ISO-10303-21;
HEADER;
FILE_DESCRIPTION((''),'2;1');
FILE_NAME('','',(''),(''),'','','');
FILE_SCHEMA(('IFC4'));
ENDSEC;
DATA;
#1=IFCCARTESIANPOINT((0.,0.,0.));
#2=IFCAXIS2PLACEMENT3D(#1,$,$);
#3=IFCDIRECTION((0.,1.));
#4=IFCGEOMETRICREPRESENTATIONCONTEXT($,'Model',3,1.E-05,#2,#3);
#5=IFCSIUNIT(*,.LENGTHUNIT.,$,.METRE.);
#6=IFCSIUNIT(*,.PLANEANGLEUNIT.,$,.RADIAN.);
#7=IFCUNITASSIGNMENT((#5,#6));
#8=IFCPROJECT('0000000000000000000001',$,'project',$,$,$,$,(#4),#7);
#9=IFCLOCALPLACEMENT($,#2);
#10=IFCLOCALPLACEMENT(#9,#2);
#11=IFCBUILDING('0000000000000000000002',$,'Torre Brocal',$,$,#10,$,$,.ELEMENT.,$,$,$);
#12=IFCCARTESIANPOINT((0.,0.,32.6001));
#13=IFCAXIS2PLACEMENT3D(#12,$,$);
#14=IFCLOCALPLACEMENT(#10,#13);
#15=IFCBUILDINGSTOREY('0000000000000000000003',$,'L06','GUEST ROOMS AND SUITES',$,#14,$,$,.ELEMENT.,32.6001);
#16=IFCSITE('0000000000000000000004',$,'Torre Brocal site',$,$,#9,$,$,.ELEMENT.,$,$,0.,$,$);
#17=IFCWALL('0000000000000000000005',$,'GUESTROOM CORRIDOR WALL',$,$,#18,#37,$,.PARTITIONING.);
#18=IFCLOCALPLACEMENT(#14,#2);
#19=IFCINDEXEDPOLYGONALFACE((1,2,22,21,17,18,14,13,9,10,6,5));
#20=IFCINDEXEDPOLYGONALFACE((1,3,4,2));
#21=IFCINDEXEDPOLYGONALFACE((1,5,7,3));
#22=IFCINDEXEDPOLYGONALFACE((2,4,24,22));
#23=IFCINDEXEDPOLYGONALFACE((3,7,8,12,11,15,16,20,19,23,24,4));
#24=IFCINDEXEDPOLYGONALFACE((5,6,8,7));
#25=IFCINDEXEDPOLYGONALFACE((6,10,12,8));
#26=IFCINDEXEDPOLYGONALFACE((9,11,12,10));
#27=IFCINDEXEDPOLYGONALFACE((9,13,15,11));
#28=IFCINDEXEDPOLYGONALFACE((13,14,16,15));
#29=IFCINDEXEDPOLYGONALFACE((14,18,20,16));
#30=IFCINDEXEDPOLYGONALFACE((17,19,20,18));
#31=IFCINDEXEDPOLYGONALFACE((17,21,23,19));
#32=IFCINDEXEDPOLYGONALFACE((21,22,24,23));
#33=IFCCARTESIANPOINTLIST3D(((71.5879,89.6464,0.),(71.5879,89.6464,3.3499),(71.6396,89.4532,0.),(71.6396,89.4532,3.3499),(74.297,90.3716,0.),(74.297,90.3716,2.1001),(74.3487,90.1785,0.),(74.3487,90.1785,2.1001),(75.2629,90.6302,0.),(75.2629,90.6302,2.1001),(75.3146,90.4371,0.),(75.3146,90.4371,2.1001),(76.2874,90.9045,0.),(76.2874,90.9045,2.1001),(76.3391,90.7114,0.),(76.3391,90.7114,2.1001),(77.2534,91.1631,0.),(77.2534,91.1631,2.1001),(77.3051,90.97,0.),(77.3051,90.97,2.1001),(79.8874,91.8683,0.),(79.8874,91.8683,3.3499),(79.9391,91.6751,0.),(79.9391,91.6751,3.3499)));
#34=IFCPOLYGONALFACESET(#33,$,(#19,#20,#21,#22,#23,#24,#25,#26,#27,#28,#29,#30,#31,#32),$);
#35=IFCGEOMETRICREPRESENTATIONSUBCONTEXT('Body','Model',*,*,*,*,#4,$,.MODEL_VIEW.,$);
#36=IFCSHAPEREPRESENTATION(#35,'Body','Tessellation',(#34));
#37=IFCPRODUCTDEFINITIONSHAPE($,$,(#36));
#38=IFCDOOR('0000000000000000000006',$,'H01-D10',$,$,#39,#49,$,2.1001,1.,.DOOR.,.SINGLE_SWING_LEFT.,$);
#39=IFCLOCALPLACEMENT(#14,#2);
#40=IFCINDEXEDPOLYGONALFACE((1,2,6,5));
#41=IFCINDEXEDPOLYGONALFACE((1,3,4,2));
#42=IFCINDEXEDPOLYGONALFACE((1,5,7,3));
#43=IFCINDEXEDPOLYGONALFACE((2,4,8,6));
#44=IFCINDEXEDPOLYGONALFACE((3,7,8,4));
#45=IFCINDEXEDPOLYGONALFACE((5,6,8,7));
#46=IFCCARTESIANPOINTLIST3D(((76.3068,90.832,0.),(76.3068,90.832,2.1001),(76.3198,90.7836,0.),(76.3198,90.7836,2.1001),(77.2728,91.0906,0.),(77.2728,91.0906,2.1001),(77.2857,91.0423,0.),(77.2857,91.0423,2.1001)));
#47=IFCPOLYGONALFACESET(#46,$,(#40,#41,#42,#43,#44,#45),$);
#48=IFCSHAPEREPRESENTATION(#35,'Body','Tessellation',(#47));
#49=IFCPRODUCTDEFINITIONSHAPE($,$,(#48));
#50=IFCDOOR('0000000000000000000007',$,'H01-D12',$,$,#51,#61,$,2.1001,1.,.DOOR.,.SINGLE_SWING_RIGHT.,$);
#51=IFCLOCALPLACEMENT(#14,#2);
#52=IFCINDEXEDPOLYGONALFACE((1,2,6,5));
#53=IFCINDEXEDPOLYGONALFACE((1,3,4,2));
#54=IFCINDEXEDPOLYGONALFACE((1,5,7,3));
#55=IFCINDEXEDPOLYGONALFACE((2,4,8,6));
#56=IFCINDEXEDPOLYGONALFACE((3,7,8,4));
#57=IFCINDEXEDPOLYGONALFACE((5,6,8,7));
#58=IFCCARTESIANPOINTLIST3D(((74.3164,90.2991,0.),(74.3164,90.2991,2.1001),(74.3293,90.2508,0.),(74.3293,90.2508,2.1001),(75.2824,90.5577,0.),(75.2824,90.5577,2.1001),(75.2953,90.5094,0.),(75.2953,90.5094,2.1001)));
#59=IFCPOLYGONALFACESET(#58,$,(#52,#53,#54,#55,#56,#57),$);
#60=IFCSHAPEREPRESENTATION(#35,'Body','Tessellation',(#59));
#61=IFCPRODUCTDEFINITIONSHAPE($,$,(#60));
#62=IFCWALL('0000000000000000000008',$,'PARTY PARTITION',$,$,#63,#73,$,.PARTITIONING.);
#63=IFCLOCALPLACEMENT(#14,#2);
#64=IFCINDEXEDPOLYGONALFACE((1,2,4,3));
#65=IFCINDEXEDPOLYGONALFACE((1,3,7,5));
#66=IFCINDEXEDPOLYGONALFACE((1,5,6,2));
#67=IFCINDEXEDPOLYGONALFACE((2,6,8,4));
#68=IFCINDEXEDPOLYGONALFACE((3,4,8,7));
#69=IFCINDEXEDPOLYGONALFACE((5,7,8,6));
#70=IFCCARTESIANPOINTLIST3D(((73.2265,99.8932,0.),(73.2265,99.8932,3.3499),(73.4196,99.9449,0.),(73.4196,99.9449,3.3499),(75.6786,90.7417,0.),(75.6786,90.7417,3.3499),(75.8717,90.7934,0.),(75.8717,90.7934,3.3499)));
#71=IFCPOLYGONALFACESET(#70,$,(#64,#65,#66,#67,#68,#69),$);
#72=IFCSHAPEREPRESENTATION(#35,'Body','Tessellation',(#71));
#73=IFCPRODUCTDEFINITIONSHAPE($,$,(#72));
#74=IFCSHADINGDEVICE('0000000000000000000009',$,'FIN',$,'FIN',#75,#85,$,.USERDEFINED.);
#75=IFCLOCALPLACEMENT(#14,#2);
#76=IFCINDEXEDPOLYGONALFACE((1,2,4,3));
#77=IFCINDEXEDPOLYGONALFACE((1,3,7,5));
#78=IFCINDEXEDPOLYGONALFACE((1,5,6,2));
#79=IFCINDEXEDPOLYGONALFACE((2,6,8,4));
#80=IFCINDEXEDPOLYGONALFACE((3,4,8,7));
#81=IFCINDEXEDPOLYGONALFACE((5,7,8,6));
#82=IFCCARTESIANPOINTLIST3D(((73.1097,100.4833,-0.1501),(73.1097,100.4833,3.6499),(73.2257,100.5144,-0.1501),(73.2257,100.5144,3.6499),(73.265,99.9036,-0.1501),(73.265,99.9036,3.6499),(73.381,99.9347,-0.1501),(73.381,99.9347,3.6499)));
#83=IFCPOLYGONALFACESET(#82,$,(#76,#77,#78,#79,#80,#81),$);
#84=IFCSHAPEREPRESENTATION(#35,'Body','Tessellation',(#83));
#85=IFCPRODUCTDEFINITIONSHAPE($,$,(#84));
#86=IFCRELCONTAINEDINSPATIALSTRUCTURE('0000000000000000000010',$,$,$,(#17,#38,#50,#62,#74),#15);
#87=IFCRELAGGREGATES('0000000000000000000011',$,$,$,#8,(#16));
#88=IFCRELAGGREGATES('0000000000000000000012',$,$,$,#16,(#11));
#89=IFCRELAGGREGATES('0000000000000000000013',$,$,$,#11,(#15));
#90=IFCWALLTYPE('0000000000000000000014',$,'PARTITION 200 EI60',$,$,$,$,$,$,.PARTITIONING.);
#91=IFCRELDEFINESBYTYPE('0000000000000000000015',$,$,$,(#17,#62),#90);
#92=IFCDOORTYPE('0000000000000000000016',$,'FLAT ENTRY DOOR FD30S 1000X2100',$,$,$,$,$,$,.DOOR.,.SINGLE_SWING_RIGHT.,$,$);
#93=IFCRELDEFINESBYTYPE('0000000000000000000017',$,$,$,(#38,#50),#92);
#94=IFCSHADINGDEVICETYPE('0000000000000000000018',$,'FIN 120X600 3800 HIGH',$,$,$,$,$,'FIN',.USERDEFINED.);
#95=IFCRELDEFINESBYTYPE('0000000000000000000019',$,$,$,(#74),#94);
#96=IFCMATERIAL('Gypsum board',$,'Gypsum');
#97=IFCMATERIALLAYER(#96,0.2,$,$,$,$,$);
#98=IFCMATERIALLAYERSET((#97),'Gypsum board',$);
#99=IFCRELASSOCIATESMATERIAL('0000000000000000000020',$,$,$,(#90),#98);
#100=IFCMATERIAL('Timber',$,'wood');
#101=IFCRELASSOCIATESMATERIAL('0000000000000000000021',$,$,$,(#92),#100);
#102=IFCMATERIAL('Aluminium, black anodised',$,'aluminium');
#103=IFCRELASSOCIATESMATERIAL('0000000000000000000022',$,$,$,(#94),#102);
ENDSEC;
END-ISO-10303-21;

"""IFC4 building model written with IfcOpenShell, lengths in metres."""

from ifc_helpers import new_model, si_unit, direction, frame, frame_2d, origin, origin_2d, place, context, subcontext, project, spatial, rectangle, extrude, material, layer, layer_set, material_profile, profile_set, type_object, element, fill, save


model = new_model("IFC4")

# Units and contexts
model_context = context("Model", 3, precision=1e-05, world=origin(), true_north=direction((0.0, 1.0)))
body_context = subcontext(model_context, "Body", "Model", "MODEL_VIEW")
ifc_project = project(units=[si_unit("LENGTHUNIT", "METRE"), si_unit("PLANEANGLEUNIT", "RADIAN")], contexts=[model_context])

# Site, building, storey
site_placement = place(None, origin())
site = spatial("IfcSite", under=ifc_project, at=site_placement, Name="Torre Brocal site", CompositionType="ELEMENT", RefElevation=0.0)
building_placement = place(site_placement, origin())
building = spatial("IfcBuilding", under=site, at=building_placement, Name="Torre Brocal", CompositionType="ELEMENT")
storey_placement = place(building_placement, frame((0.0, 0.0, 32.6001)))
storey = spatial("IfcBuildingStorey", under=building, at=storey_placement, Name="L06", Description="GUEST ROOMS AND SUITES", CompositionType="ELEMENT", Elevation=32.6001)

# Wall, openings, doors
ifc_material_1 = material(Name="Gypsum board", Category="Gypsum")
ifc_layer_1 = layer(ifc_material_1, 0.2)
ifc_layer_set_1 = layer_set([ifc_layer_1], Name="Gypsum board")
wall_type_1 = type_object("IfcWallType", Name="PARTITION 200 EI60", PredefinedType="PARTITIONING", material=ifc_layer_set_1)
wall_1_placement = place(storey_placement, frame((71.6138, 89.5498, 0.0), z_axis=(0.0, 0.0, 1.0), x_axis=(0.965982, 0.258609, 0.0)))
wall_1 = element("IfcWall", 1, at=wall_1_placement, inside=storey, type_object=wall_type_1, Name="GUESTROOM CORRIDOR WALL", PredefinedType="PARTITIONING", context=body_context, shape_type="SweptSolid", body=[
    extrude(rectangle(XDim=8.5918, YDim=0.2, at=frame_2d((4.2959, 0.0))), origin(), (0.0, 0.0, 1.0), 3.3499),
])
opening_1_placement = place(wall_1_placement, frame((4.865, 0.0, 0.0)))
opening_1 = element("IfcOpeningElement", 2, at=opening_1_placement, cuts=wall_1, PredefinedType="OPENING", context=body_context, shape_type="SweptSolid", body=[
    extrude(rectangle(XDim=1.0, YDim=2.1001, at=frame_2d((0.5, 1.05))), frame((0.0, 0.1099, 0.0), z_axis=(0.0, -1.0, 0.0), x_axis=(1.0, 0.0, 0.0)), (0.0, 0.0, 1.0), 0.22),
])
opening_2_placement = place(wall_1_placement, frame((2.8044, 0.0, 0.0)))
opening_2 = element("IfcOpeningElement", 3, at=opening_2_placement, cuts=wall_1, PredefinedType="OPENING", context=body_context, shape_type="SweptSolid", body=[
    extrude(rectangle(XDim=1.0, YDim=2.1001, at=frame_2d((0.5, 1.05))), frame((0.0, 0.1099, 0.0), z_axis=(0.0, -1.0, 0.0), x_axis=(1.0, 0.0, 0.0)), (0.0, 0.0, 1.0), 0.22),
])
ifc_material_2 = material(Name="Timber", Category="wood")
door_type_1 = type_object("IfcDoorType", Name="FLAT ENTRY DOOR FD30S 1000X2100", OperationType="SINGLE_SWING_RIGHT", PredefinedType="DOOR", material=ifc_material_2)
door_1_placement = place(opening_1_placement, origin())
door_1 = element("IfcDoor", 4, at=door_1_placement, inside=storey, type_object=door_type_1, Name="H01-D10", OperationType="SINGLE_SWING_LEFT", OverallHeight=2.1001, OverallWidth=1.0, PredefinedType="DOOR", context=body_context, shape_type="SweptSolid", body=[
    extrude(rectangle(XDim=1.0, YDim=2.1001, at=frame_2d((0.5, 1.05))), frame((0.0, 0.0249, 0.0), z_axis=(0.0, -1.0, 0.0), x_axis=(1.0, 0.0, 0.0)), (0.0, 0.0, 1.0), 0.05),
])
fill(opening_1, door_1)
door_2_placement = place(opening_2_placement, origin())
door_2 = element("IfcDoor", 5, at=door_2_placement, inside=storey, type_object=door_type_1, Name="H01-D12", OperationType="SINGLE_SWING_RIGHT", OverallHeight=2.1001, OverallWidth=1.0, PredefinedType="DOOR", context=body_context, shape_type="SweptSolid", body=[
    extrude(rectangle(XDim=1.0, YDim=2.1001, at=frame_2d((0.5, 1.05))), frame((0.0, 0.0249, 0.0), z_axis=(0.0, -1.0, 0.0), x_axis=(1.0, 0.0, 0.0)), (0.0, 0.0, 1.0), 0.05),
])
fill(opening_2, door_2)

# Wall
wall_2_placement = place(storey_placement, frame((73.323, 99.9192, 0.0), z_axis=(0.0, 0.0, 1.0), x_axis=(0.258817, -0.965926, 0.0)))
element("IfcWall", 6, at=wall_2_placement, inside=storey, type_object=wall_type_1, Name="PARTY PARTITION", PredefinedType="PARTITIONING", context=body_context, shape_type="SweptSolid", body=[
    extrude(rectangle(XDim=9.4744, YDim=0.2, at=frame_2d((4.7373, 0.0))), origin(), (0.0, 0.0, 1.0), 3.3499),
])

# Shading device
ifc_material_3 = material(Name="Aluminium, black anodised", Category="aluminium")
ifc_material_profile_1 = material_profile(ifc_material_3, rectangle(XDim=0.1201, YDim=0.6001, at=origin_2d()), Name="FIN 120X600 3800 HIGH")
ifc_profile_set_1 = profile_set([ifc_material_profile_1], Name="Aluminium, black anodised")
shading_device_type = type_object("IfcShadingDeviceType", Name="FIN 120X600 3800 HIGH", ElementType="FIN", PredefinedType="USERDEFINED", material=ifc_profile_set_1)
shading_device_placement = place(storey_placement, frame((73.2454, 100.209, -0.1501), z_axis=(0.0, 0.0, 1.0), x_axis=(-0.965926, -0.258819, 0.0)))
element("IfcShadingDevice", 7, at=shading_device_placement, inside=storey, type_object=shading_device_type, Name="FIN", ObjectType="FIN", PredefinedType="USERDEFINED", context=body_context, shape_type="SweptSolid", body=[
    extrude(rectangle(XDim=0.1201, YDim=0.6001, at=origin_2d()), origin(), (0.0, 0.0, 1.0), 3.8),
])

save(model, "model.ifc")
